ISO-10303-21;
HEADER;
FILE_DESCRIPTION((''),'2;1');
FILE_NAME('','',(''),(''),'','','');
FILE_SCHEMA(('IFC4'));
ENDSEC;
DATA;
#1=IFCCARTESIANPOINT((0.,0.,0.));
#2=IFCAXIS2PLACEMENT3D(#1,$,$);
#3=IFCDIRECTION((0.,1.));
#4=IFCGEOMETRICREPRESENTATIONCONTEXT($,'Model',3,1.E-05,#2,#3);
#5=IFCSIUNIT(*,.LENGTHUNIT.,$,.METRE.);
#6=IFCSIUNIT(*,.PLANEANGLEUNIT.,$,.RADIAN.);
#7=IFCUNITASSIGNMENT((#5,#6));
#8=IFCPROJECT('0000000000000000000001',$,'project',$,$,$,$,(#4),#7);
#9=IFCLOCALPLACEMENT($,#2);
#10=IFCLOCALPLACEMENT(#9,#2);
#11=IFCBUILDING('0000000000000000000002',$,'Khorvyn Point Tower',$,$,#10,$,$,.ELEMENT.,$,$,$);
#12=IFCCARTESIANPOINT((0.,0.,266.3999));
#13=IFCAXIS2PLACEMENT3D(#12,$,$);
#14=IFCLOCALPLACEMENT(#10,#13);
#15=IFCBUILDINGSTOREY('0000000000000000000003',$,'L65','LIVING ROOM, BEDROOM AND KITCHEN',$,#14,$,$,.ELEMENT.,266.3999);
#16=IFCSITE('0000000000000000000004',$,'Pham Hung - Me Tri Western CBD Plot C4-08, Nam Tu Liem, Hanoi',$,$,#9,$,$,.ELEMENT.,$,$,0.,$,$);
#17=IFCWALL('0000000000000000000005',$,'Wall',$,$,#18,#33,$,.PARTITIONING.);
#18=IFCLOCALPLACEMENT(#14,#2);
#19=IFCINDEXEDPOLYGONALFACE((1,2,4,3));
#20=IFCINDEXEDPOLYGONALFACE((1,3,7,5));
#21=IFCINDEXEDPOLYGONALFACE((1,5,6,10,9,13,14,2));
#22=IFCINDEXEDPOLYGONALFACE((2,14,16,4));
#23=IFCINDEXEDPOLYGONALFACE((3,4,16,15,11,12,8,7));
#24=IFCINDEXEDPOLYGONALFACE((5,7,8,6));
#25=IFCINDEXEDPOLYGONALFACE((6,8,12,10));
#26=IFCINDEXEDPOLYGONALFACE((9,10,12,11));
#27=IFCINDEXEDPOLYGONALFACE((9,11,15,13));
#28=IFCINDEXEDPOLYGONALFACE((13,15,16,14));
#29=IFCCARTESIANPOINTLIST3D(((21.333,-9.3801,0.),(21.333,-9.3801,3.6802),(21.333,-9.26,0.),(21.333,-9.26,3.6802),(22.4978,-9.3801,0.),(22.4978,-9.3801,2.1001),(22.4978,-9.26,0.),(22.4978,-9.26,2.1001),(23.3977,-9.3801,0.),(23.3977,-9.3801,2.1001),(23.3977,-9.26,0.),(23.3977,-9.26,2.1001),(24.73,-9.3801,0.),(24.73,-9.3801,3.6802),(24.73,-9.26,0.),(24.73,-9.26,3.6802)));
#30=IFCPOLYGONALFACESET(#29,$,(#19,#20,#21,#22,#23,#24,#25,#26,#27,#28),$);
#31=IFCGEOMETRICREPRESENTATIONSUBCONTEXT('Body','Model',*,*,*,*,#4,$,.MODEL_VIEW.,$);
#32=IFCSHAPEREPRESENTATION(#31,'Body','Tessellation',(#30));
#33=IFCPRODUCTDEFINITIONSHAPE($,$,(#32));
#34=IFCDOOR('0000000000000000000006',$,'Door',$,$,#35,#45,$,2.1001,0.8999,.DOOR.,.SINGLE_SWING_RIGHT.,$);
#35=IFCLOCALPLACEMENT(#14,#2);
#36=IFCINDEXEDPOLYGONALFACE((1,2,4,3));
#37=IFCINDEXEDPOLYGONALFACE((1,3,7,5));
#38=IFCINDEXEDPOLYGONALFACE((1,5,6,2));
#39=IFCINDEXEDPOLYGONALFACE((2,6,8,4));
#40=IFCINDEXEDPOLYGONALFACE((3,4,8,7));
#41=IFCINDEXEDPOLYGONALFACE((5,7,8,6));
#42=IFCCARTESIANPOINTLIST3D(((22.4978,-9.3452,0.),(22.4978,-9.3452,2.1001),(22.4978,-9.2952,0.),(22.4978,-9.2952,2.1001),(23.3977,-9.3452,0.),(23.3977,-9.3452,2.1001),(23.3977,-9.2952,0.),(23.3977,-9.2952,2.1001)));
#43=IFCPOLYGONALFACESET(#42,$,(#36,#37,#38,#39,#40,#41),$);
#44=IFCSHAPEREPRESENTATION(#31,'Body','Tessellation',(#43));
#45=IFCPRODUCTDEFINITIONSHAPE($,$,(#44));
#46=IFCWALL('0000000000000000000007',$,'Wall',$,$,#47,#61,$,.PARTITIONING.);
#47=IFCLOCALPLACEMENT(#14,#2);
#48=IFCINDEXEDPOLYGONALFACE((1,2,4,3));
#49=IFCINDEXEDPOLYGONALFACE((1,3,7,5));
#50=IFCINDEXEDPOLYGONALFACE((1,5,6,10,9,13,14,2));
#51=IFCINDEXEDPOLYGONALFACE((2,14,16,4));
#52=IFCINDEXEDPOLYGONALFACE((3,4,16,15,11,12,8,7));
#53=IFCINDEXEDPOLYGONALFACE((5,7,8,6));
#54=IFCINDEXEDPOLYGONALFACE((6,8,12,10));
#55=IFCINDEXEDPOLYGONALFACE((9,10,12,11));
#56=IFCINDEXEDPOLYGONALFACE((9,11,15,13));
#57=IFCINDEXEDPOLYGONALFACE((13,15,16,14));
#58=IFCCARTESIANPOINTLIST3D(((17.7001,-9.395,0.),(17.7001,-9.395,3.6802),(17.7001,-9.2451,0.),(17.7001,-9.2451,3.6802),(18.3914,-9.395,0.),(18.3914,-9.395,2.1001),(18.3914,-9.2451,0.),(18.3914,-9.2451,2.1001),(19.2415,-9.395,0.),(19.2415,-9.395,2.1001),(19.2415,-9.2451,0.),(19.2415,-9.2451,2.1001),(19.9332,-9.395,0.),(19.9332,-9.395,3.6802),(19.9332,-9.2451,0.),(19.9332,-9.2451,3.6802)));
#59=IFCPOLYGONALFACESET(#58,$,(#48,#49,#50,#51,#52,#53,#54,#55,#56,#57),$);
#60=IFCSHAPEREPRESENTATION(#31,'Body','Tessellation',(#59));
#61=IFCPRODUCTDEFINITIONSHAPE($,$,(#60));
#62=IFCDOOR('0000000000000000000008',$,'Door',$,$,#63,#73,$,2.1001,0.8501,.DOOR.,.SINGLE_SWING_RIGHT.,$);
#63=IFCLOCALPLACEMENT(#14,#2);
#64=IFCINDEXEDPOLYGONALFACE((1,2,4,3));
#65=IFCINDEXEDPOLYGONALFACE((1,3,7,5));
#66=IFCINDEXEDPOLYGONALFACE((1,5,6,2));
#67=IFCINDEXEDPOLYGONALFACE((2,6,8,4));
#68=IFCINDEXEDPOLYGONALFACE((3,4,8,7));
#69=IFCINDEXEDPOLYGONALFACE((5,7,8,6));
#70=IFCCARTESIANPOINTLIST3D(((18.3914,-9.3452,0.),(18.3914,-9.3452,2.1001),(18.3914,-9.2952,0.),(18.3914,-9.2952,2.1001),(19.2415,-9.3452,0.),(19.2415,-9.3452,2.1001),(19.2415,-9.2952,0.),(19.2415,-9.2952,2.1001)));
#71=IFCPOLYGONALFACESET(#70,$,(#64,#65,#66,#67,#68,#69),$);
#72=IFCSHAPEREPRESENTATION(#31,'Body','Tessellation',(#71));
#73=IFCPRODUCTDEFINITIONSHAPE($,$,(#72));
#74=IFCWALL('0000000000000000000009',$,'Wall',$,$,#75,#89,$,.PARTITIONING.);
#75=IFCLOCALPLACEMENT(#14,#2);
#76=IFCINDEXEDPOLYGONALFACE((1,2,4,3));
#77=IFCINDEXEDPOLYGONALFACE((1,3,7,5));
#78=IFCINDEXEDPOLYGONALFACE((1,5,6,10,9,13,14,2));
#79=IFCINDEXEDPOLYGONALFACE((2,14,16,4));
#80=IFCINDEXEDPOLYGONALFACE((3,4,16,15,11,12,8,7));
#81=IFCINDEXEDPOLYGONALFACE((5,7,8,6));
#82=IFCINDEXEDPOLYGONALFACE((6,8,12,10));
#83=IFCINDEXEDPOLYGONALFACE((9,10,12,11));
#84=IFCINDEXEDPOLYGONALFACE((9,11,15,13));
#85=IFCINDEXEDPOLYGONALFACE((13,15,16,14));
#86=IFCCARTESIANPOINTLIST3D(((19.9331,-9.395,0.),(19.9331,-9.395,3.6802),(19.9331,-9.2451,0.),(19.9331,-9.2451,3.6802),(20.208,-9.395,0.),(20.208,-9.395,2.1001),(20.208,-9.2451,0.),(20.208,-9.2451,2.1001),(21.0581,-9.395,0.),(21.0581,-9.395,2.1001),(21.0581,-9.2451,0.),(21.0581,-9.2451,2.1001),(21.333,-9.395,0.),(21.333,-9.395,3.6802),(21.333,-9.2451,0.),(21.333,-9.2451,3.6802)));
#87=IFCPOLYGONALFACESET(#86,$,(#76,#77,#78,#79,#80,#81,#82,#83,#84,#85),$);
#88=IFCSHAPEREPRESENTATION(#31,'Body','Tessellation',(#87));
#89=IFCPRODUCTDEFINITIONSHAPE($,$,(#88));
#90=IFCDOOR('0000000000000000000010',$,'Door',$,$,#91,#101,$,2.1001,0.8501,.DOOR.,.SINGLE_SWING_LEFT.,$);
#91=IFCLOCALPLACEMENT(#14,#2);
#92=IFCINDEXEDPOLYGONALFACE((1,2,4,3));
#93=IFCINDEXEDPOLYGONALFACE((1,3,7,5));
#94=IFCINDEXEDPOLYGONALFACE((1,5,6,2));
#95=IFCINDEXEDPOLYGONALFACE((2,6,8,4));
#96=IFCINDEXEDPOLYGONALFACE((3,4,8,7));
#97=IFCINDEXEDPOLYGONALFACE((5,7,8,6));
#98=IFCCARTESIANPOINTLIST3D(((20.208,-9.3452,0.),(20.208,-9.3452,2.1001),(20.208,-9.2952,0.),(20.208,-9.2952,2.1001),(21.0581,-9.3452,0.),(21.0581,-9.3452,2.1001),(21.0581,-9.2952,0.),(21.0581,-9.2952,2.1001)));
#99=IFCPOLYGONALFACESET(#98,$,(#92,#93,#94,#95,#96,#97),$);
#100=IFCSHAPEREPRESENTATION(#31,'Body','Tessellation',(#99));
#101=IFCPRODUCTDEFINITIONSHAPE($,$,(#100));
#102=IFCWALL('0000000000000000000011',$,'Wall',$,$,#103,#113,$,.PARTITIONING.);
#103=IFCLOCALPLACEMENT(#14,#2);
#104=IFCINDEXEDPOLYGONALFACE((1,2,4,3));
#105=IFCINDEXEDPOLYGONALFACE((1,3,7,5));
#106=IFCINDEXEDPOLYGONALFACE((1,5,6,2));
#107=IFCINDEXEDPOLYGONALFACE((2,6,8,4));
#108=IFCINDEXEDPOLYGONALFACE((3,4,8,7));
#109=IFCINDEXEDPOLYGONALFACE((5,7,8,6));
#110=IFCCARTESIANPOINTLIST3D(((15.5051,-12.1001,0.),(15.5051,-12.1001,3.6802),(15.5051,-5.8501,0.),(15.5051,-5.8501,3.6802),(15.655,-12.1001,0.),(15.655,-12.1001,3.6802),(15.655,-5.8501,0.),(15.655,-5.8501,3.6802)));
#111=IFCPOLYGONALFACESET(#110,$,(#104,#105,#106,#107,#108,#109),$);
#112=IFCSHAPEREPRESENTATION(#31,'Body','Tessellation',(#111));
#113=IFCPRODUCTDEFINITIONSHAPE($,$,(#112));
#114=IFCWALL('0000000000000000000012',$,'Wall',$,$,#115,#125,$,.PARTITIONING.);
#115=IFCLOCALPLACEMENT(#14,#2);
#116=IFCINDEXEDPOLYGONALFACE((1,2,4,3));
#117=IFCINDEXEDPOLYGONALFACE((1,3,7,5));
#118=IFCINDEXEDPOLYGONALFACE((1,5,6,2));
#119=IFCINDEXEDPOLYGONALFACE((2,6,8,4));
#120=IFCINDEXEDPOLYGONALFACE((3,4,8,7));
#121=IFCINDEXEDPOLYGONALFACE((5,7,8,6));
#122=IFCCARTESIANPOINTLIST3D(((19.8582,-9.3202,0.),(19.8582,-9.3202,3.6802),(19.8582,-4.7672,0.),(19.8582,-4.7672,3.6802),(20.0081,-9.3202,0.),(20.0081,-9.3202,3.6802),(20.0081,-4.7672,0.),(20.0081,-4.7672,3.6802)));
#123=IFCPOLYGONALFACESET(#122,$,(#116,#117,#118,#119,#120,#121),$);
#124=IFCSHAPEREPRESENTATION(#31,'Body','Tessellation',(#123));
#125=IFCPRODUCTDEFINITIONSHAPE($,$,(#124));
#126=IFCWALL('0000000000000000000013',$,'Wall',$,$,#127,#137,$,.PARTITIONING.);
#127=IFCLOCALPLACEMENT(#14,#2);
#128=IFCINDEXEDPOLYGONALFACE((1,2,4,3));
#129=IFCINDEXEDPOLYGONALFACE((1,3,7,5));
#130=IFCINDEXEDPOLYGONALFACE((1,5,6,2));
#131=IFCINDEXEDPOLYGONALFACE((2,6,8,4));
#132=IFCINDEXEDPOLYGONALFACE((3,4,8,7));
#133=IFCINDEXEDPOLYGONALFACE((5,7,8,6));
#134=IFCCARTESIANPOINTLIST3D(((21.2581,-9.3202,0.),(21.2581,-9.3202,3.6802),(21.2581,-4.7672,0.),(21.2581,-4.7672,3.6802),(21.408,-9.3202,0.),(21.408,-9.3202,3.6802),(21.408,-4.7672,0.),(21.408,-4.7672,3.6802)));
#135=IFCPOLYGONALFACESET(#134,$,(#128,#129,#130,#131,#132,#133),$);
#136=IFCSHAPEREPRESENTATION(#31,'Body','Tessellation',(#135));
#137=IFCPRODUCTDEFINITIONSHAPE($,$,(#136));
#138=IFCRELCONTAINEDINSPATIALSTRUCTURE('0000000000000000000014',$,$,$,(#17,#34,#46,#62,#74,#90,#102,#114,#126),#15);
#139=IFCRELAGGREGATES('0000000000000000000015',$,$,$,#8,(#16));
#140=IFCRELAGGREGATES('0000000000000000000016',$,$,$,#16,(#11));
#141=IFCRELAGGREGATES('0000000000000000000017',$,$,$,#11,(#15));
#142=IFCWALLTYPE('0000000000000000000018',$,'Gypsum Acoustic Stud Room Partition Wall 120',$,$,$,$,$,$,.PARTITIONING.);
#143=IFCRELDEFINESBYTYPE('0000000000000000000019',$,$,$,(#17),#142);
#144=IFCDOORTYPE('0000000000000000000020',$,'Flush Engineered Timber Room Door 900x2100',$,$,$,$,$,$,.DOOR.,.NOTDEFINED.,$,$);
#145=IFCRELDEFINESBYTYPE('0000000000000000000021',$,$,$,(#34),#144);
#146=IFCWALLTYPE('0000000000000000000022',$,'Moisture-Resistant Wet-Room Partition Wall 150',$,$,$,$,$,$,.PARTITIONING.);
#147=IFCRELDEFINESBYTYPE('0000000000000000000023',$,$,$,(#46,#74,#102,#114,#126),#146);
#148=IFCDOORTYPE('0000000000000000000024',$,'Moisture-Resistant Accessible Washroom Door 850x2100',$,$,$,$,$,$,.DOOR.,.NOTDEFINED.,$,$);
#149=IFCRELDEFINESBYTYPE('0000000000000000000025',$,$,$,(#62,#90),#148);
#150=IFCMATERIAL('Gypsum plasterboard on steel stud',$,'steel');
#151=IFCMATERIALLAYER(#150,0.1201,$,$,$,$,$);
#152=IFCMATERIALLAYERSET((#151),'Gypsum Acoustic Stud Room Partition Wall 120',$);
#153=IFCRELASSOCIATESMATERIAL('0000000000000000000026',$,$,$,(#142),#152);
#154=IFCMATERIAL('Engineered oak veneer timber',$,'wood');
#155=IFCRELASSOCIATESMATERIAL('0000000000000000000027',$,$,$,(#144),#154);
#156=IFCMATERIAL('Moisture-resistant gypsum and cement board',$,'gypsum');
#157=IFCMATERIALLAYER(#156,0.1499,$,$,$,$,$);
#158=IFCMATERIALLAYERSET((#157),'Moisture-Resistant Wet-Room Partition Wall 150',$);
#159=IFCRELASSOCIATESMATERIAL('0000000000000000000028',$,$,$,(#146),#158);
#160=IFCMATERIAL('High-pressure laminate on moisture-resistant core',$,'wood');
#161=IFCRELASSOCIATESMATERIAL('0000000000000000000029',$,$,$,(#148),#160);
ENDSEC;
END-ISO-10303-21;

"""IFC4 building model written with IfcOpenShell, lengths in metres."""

from ifc_helpers import new_model, si_unit, direction, frame, frame_2d, origin, place, context, subcontext, project, spatial, rectangle, extrude, material, layer, layer_set, type_object, element, fill, save


model = new_model("IFC4")

# Units and contexts
model_context = context("Model", 3, precision=1e-05, world=origin(), true_north=direction((0.0, 1.0)))
body_context = subcontext(model_context, "Body", "Model", "MODEL_VIEW")
ifc_project = project(units=[si_unit("LENGTHUNIT", "METRE"), si_unit("PLANEANGLEUNIT", "RADIAN")], contexts=[model_context])

# Site, building, storey
site_placement = place(None, origin())
site = spatial("IfcSite", under=ifc_project, at=site_placement, Name="Pham Hung - Me Tri Western CBD Plot C4-08, Nam Tu Liem, Hanoi", CompositionType="ELEMENT", RefElevation=0.0)
building_placement = place(site_placement, origin())
building = spatial("IfcBuilding", under=site, at=building_placement, Name="Khorvyn Point Tower", CompositionType="ELEMENT")
storey_placement = place(building_placement, frame((0.0, 0.0, 266.3999)))
storey = spatial("IfcBuildingStorey", under=building, at=storey_placement, Name="L65", Description="LIVING ROOM, BEDROOM AND KITCHEN", CompositionType="ELEMENT", Elevation=266.3999)

# Walls, openings, doors
ifc_material_1 = material(Name="Gypsum plasterboard on steel stud", Category="steel")
ifc_layer_1 = layer(ifc_material_1, 0.1201)
ifc_layer_set_1 = layer_set([ifc_layer_1], Name="Gypsum Acoustic Stud Room Partition Wall 120")
wall_type_1 = type_object("IfcWallType", Name="Gypsum Acoustic Stud Room Partition Wall 120", PredefinedType="PARTITIONING", material=ifc_layer_set_1)
wall_1_placement = place(storey_placement, frame((21.333, -9.3201, 0.0), z_axis=(0.0, 0.0, 1.0), x_axis=(1.0, 0.0, 0.0)))
wall_1 = element("IfcWall", 1, at=wall_1_placement, inside=storey, type_object=wall_type_1, Name="Wall", PredefinedType="PARTITIONING", context=body_context, shape_type="SweptSolid", body=[
    extrude(rectangle(XDim=3.397, YDim=0.1201, at=frame_2d((1.6985, 0.0))), origin(), (0.0, 0.0, 1.0), 3.6802),
])
opening_1_placement = place(wall_1_placement, frame((1.1648, 0.0, 0.0)))
opening_1 = element("IfcOpeningElement", 2, at=opening_1_placement, cuts=wall_1, PredefinedType="OPENING", context=body_context, shape_type="SweptSolid", body=[
    extrude(rectangle(XDim=0.8999, YDim=2.1001, at=frame_2d((0.45, 1.05))), frame((0.0, 0.0701, 0.0), z_axis=(0.0, -1.0, 0.0), x_axis=(1.0, 0.0, 0.0)), (0.0, 0.0, 1.0), 0.1401),
])
ifc_material_2 = material(Name="Engineered oak veneer timber", Category="wood")
door_type_1 = type_object("IfcDoorType", Name="Flush Engineered Timber Room Door 900x2100", OperationType="NOTDEFINED", PredefinedType="DOOR", material=ifc_material_2)
door_1_placement = place(opening_1_placement, origin())
door_1 = element("IfcDoor", 3, at=door_1_placement, inside=storey, type_object=door_type_1, Name="Door", OperationType="SINGLE_SWING_RIGHT", OverallHeight=2.1001, OverallWidth=0.8999, PredefinedType="DOOR", context=body_context, shape_type="SweptSolid", body=[
    extrude(rectangle(XDim=0.8999, YDim=2.1001, at=frame_2d((0.45, 1.05))), frame((0.0, 0.0249, 0.0), z_axis=(0.0, -1.0, 0.0), x_axis=(1.0, 0.0, 0.0)), (0.0, 0.0, 1.0), 0.05),
])
fill(opening_1, door_1)
ifc_material_3 = material(Name="Moisture-resistant gypsum and cement board", Category="gypsum")
ifc_layer_2 = layer(ifc_material_3, 0.1499)
ifc_layer_set_2 = layer_set([ifc_layer_2], Name="Moisture-Resistant Wet-Room Partition Wall 150")
wall_type_2 = type_object("IfcWallType", Name="Moisture-Resistant Wet-Room Partition Wall 150", PredefinedType="PARTITIONING", material=ifc_layer_set_2)
wall_2_placement = place(storey_placement, frame((17.7, -9.3201, 0.0), z_axis=(0.0, 0.0, 1.0), x_axis=(1.0, 0.0, 0.0)))
wall_2 = element("IfcWall", 4, at=wall_2_placement, inside=storey, type_object=wall_type_2, Name="Wall", PredefinedType="PARTITIONING", context=body_context, shape_type="SweptSolid", body=[
    extrude(rectangle(XDim=2.2332, YDim=0.1499, at=frame_2d((1.1167, 0.0))), origin(), (0.0, 0.0, 1.0), 3.6802),
])
opening_2_placement = place(wall_2_placement, frame((0.6914, 0.0, 0.0)))
opening_2 = element("IfcOpeningElement", 5, at=opening_2_placement, cuts=wall_2, PredefinedType="OPENING", context=body_context, shape_type="SweptSolid", body=[
    extrude(rectangle(XDim=0.8501, YDim=2.1001, at=frame_2d((0.425, 1.05))), frame((0.0, 0.085, 0.0), z_axis=(0.0, -1.0, 0.0), x_axis=(1.0, 0.0, 0.0)), (0.0, 0.0, 1.0), 0.1699),
])
ifc_material_4 = material(Name="High-pressure laminate on moisture-resistant core", Category="wood")
door_type_2 = type_object("IfcDoorType", Name="Moisture-Resistant Accessible Washroom Door 850x2100", OperationType="NOTDEFINED", PredefinedType="DOOR", material=ifc_material_4)
door_2_placement = place(opening_2_placement, origin())
door_2 = element("IfcDoor", 6, at=door_2_placement, inside=storey, type_object=door_type_2, Name="Door", OperationType="SINGLE_SWING_RIGHT", OverallHeight=2.1001, OverallWidth=0.8501, PredefinedType="DOOR", context=body_context, shape_type="SweptSolid", body=[
    extrude(rectangle(XDim=0.8501, YDim=2.1001, at=frame_2d((0.425, 1.05))), frame((0.0, 0.0249, 0.0), z_axis=(0.0, -1.0, 0.0), x_axis=(1.0, 0.0, 0.0)), (0.0, 0.0, 1.0), 0.05),
])
fill(opening_2, door_2)
wall_3_placement = place(storey_placement, frame((19.9331, -9.3201, 0.0), z_axis=(0.0, 0.0, 1.0), x_axis=(1.0, 0.0, 0.0)))
wall_3 = element("IfcWall", 7, at=wall_3_placement, inside=storey, type_object=wall_type_2, Name="Wall", PredefinedType="PARTITIONING", context=body_context, shape_type="SweptSolid", body=[
    extrude(rectangle(XDim=1.3999, YDim=0.1499, at=frame_2d((0.7, 0.0))), origin(), (0.0, 0.0, 1.0), 3.6802),
])
opening_3_placement = place(wall_3_placement, frame((0.2749, 0.0, 0.0)))
opening_3 = element("IfcOpeningElement", 8, at=opening_3_placement, cuts=wall_3, PredefinedType="OPENING", context=body_context, shape_type="SweptSolid", body=[
    extrude(rectangle(XDim=0.8501, YDim=2.1001, at=frame_2d((0.425, 1.05))), frame((0.0, 0.085, 0.0), z_axis=(0.0, -1.0, 0.0), x_axis=(1.0, 0.0, 0.0)), (0.0, 0.0, 1.0), 0.1699),
])
door_3_placement = place(opening_3_placement, origin())
door_3 = element("IfcDoor", 9, at=door_3_placement, inside=storey, type_object=door_type_2, Name="Door", OperationType="SINGLE_SWING_LEFT", OverallHeight=2.1001, OverallWidth=0.8501, PredefinedType="DOOR", context=body_context, shape_type="SweptSolid", body=[
    extrude(rectangle(XDim=0.8501, YDim=2.1001, at=frame_2d((0.425, 1.05))), frame((0.0, 0.0249, 0.0), z_axis=(0.0, -1.0, 0.0), x_axis=(1.0, 0.0, 0.0)), (0.0, 0.0, 1.0), 0.05),
])
fill(opening_3, door_3)

# Walls
wall_4_placement = place(storey_placement, frame((15.5801, -12.1001, 0.0), z_axis=(0.0, 0.0, 1.0), x_axis=(0.0, 1.0, 0.0)))
element("IfcWall", 10, at=wall_4_placement, inside=storey, type_object=wall_type_2, Name="Wall", PredefinedType="PARTITIONING", context=body_context, shape_type="SweptSolid", body=[
    extrude(rectangle(XDim=6.25, YDim=0.1499, at=frame_2d((3.125, 0.0))), origin(), (0.0, 0.0, 1.0), 3.6802),
])
for number, where, z_axis, x_axis, name in (
    (11, (19.9331, -9.3201, 0.0), (0.0, 0.0, 1.0), (0.0, 1.0, 0.0), "Wall"),
    (12, (21.333, -9.3201, 0.0), (0.0, 0.0, 1.0), (0.0, 1.0, 0.0), "Wall"),
):
    element("IfcWall", number, at=place(storey_placement, frame(where, z_axis=z_axis, x_axis=x_axis)), inside=storey, type_object=wall_type_2, Name=name, PredefinedType="PARTITIONING", context=body_context, shape_type="SweptSolid", body=[
        extrude(rectangle(XDim=4.553, YDim=0.1499, at=frame_2d((2.2764, 0.0))), origin(), (0.0, 0.0, 1.0), 3.6802),
    ])

save(model, "model.ifc")
